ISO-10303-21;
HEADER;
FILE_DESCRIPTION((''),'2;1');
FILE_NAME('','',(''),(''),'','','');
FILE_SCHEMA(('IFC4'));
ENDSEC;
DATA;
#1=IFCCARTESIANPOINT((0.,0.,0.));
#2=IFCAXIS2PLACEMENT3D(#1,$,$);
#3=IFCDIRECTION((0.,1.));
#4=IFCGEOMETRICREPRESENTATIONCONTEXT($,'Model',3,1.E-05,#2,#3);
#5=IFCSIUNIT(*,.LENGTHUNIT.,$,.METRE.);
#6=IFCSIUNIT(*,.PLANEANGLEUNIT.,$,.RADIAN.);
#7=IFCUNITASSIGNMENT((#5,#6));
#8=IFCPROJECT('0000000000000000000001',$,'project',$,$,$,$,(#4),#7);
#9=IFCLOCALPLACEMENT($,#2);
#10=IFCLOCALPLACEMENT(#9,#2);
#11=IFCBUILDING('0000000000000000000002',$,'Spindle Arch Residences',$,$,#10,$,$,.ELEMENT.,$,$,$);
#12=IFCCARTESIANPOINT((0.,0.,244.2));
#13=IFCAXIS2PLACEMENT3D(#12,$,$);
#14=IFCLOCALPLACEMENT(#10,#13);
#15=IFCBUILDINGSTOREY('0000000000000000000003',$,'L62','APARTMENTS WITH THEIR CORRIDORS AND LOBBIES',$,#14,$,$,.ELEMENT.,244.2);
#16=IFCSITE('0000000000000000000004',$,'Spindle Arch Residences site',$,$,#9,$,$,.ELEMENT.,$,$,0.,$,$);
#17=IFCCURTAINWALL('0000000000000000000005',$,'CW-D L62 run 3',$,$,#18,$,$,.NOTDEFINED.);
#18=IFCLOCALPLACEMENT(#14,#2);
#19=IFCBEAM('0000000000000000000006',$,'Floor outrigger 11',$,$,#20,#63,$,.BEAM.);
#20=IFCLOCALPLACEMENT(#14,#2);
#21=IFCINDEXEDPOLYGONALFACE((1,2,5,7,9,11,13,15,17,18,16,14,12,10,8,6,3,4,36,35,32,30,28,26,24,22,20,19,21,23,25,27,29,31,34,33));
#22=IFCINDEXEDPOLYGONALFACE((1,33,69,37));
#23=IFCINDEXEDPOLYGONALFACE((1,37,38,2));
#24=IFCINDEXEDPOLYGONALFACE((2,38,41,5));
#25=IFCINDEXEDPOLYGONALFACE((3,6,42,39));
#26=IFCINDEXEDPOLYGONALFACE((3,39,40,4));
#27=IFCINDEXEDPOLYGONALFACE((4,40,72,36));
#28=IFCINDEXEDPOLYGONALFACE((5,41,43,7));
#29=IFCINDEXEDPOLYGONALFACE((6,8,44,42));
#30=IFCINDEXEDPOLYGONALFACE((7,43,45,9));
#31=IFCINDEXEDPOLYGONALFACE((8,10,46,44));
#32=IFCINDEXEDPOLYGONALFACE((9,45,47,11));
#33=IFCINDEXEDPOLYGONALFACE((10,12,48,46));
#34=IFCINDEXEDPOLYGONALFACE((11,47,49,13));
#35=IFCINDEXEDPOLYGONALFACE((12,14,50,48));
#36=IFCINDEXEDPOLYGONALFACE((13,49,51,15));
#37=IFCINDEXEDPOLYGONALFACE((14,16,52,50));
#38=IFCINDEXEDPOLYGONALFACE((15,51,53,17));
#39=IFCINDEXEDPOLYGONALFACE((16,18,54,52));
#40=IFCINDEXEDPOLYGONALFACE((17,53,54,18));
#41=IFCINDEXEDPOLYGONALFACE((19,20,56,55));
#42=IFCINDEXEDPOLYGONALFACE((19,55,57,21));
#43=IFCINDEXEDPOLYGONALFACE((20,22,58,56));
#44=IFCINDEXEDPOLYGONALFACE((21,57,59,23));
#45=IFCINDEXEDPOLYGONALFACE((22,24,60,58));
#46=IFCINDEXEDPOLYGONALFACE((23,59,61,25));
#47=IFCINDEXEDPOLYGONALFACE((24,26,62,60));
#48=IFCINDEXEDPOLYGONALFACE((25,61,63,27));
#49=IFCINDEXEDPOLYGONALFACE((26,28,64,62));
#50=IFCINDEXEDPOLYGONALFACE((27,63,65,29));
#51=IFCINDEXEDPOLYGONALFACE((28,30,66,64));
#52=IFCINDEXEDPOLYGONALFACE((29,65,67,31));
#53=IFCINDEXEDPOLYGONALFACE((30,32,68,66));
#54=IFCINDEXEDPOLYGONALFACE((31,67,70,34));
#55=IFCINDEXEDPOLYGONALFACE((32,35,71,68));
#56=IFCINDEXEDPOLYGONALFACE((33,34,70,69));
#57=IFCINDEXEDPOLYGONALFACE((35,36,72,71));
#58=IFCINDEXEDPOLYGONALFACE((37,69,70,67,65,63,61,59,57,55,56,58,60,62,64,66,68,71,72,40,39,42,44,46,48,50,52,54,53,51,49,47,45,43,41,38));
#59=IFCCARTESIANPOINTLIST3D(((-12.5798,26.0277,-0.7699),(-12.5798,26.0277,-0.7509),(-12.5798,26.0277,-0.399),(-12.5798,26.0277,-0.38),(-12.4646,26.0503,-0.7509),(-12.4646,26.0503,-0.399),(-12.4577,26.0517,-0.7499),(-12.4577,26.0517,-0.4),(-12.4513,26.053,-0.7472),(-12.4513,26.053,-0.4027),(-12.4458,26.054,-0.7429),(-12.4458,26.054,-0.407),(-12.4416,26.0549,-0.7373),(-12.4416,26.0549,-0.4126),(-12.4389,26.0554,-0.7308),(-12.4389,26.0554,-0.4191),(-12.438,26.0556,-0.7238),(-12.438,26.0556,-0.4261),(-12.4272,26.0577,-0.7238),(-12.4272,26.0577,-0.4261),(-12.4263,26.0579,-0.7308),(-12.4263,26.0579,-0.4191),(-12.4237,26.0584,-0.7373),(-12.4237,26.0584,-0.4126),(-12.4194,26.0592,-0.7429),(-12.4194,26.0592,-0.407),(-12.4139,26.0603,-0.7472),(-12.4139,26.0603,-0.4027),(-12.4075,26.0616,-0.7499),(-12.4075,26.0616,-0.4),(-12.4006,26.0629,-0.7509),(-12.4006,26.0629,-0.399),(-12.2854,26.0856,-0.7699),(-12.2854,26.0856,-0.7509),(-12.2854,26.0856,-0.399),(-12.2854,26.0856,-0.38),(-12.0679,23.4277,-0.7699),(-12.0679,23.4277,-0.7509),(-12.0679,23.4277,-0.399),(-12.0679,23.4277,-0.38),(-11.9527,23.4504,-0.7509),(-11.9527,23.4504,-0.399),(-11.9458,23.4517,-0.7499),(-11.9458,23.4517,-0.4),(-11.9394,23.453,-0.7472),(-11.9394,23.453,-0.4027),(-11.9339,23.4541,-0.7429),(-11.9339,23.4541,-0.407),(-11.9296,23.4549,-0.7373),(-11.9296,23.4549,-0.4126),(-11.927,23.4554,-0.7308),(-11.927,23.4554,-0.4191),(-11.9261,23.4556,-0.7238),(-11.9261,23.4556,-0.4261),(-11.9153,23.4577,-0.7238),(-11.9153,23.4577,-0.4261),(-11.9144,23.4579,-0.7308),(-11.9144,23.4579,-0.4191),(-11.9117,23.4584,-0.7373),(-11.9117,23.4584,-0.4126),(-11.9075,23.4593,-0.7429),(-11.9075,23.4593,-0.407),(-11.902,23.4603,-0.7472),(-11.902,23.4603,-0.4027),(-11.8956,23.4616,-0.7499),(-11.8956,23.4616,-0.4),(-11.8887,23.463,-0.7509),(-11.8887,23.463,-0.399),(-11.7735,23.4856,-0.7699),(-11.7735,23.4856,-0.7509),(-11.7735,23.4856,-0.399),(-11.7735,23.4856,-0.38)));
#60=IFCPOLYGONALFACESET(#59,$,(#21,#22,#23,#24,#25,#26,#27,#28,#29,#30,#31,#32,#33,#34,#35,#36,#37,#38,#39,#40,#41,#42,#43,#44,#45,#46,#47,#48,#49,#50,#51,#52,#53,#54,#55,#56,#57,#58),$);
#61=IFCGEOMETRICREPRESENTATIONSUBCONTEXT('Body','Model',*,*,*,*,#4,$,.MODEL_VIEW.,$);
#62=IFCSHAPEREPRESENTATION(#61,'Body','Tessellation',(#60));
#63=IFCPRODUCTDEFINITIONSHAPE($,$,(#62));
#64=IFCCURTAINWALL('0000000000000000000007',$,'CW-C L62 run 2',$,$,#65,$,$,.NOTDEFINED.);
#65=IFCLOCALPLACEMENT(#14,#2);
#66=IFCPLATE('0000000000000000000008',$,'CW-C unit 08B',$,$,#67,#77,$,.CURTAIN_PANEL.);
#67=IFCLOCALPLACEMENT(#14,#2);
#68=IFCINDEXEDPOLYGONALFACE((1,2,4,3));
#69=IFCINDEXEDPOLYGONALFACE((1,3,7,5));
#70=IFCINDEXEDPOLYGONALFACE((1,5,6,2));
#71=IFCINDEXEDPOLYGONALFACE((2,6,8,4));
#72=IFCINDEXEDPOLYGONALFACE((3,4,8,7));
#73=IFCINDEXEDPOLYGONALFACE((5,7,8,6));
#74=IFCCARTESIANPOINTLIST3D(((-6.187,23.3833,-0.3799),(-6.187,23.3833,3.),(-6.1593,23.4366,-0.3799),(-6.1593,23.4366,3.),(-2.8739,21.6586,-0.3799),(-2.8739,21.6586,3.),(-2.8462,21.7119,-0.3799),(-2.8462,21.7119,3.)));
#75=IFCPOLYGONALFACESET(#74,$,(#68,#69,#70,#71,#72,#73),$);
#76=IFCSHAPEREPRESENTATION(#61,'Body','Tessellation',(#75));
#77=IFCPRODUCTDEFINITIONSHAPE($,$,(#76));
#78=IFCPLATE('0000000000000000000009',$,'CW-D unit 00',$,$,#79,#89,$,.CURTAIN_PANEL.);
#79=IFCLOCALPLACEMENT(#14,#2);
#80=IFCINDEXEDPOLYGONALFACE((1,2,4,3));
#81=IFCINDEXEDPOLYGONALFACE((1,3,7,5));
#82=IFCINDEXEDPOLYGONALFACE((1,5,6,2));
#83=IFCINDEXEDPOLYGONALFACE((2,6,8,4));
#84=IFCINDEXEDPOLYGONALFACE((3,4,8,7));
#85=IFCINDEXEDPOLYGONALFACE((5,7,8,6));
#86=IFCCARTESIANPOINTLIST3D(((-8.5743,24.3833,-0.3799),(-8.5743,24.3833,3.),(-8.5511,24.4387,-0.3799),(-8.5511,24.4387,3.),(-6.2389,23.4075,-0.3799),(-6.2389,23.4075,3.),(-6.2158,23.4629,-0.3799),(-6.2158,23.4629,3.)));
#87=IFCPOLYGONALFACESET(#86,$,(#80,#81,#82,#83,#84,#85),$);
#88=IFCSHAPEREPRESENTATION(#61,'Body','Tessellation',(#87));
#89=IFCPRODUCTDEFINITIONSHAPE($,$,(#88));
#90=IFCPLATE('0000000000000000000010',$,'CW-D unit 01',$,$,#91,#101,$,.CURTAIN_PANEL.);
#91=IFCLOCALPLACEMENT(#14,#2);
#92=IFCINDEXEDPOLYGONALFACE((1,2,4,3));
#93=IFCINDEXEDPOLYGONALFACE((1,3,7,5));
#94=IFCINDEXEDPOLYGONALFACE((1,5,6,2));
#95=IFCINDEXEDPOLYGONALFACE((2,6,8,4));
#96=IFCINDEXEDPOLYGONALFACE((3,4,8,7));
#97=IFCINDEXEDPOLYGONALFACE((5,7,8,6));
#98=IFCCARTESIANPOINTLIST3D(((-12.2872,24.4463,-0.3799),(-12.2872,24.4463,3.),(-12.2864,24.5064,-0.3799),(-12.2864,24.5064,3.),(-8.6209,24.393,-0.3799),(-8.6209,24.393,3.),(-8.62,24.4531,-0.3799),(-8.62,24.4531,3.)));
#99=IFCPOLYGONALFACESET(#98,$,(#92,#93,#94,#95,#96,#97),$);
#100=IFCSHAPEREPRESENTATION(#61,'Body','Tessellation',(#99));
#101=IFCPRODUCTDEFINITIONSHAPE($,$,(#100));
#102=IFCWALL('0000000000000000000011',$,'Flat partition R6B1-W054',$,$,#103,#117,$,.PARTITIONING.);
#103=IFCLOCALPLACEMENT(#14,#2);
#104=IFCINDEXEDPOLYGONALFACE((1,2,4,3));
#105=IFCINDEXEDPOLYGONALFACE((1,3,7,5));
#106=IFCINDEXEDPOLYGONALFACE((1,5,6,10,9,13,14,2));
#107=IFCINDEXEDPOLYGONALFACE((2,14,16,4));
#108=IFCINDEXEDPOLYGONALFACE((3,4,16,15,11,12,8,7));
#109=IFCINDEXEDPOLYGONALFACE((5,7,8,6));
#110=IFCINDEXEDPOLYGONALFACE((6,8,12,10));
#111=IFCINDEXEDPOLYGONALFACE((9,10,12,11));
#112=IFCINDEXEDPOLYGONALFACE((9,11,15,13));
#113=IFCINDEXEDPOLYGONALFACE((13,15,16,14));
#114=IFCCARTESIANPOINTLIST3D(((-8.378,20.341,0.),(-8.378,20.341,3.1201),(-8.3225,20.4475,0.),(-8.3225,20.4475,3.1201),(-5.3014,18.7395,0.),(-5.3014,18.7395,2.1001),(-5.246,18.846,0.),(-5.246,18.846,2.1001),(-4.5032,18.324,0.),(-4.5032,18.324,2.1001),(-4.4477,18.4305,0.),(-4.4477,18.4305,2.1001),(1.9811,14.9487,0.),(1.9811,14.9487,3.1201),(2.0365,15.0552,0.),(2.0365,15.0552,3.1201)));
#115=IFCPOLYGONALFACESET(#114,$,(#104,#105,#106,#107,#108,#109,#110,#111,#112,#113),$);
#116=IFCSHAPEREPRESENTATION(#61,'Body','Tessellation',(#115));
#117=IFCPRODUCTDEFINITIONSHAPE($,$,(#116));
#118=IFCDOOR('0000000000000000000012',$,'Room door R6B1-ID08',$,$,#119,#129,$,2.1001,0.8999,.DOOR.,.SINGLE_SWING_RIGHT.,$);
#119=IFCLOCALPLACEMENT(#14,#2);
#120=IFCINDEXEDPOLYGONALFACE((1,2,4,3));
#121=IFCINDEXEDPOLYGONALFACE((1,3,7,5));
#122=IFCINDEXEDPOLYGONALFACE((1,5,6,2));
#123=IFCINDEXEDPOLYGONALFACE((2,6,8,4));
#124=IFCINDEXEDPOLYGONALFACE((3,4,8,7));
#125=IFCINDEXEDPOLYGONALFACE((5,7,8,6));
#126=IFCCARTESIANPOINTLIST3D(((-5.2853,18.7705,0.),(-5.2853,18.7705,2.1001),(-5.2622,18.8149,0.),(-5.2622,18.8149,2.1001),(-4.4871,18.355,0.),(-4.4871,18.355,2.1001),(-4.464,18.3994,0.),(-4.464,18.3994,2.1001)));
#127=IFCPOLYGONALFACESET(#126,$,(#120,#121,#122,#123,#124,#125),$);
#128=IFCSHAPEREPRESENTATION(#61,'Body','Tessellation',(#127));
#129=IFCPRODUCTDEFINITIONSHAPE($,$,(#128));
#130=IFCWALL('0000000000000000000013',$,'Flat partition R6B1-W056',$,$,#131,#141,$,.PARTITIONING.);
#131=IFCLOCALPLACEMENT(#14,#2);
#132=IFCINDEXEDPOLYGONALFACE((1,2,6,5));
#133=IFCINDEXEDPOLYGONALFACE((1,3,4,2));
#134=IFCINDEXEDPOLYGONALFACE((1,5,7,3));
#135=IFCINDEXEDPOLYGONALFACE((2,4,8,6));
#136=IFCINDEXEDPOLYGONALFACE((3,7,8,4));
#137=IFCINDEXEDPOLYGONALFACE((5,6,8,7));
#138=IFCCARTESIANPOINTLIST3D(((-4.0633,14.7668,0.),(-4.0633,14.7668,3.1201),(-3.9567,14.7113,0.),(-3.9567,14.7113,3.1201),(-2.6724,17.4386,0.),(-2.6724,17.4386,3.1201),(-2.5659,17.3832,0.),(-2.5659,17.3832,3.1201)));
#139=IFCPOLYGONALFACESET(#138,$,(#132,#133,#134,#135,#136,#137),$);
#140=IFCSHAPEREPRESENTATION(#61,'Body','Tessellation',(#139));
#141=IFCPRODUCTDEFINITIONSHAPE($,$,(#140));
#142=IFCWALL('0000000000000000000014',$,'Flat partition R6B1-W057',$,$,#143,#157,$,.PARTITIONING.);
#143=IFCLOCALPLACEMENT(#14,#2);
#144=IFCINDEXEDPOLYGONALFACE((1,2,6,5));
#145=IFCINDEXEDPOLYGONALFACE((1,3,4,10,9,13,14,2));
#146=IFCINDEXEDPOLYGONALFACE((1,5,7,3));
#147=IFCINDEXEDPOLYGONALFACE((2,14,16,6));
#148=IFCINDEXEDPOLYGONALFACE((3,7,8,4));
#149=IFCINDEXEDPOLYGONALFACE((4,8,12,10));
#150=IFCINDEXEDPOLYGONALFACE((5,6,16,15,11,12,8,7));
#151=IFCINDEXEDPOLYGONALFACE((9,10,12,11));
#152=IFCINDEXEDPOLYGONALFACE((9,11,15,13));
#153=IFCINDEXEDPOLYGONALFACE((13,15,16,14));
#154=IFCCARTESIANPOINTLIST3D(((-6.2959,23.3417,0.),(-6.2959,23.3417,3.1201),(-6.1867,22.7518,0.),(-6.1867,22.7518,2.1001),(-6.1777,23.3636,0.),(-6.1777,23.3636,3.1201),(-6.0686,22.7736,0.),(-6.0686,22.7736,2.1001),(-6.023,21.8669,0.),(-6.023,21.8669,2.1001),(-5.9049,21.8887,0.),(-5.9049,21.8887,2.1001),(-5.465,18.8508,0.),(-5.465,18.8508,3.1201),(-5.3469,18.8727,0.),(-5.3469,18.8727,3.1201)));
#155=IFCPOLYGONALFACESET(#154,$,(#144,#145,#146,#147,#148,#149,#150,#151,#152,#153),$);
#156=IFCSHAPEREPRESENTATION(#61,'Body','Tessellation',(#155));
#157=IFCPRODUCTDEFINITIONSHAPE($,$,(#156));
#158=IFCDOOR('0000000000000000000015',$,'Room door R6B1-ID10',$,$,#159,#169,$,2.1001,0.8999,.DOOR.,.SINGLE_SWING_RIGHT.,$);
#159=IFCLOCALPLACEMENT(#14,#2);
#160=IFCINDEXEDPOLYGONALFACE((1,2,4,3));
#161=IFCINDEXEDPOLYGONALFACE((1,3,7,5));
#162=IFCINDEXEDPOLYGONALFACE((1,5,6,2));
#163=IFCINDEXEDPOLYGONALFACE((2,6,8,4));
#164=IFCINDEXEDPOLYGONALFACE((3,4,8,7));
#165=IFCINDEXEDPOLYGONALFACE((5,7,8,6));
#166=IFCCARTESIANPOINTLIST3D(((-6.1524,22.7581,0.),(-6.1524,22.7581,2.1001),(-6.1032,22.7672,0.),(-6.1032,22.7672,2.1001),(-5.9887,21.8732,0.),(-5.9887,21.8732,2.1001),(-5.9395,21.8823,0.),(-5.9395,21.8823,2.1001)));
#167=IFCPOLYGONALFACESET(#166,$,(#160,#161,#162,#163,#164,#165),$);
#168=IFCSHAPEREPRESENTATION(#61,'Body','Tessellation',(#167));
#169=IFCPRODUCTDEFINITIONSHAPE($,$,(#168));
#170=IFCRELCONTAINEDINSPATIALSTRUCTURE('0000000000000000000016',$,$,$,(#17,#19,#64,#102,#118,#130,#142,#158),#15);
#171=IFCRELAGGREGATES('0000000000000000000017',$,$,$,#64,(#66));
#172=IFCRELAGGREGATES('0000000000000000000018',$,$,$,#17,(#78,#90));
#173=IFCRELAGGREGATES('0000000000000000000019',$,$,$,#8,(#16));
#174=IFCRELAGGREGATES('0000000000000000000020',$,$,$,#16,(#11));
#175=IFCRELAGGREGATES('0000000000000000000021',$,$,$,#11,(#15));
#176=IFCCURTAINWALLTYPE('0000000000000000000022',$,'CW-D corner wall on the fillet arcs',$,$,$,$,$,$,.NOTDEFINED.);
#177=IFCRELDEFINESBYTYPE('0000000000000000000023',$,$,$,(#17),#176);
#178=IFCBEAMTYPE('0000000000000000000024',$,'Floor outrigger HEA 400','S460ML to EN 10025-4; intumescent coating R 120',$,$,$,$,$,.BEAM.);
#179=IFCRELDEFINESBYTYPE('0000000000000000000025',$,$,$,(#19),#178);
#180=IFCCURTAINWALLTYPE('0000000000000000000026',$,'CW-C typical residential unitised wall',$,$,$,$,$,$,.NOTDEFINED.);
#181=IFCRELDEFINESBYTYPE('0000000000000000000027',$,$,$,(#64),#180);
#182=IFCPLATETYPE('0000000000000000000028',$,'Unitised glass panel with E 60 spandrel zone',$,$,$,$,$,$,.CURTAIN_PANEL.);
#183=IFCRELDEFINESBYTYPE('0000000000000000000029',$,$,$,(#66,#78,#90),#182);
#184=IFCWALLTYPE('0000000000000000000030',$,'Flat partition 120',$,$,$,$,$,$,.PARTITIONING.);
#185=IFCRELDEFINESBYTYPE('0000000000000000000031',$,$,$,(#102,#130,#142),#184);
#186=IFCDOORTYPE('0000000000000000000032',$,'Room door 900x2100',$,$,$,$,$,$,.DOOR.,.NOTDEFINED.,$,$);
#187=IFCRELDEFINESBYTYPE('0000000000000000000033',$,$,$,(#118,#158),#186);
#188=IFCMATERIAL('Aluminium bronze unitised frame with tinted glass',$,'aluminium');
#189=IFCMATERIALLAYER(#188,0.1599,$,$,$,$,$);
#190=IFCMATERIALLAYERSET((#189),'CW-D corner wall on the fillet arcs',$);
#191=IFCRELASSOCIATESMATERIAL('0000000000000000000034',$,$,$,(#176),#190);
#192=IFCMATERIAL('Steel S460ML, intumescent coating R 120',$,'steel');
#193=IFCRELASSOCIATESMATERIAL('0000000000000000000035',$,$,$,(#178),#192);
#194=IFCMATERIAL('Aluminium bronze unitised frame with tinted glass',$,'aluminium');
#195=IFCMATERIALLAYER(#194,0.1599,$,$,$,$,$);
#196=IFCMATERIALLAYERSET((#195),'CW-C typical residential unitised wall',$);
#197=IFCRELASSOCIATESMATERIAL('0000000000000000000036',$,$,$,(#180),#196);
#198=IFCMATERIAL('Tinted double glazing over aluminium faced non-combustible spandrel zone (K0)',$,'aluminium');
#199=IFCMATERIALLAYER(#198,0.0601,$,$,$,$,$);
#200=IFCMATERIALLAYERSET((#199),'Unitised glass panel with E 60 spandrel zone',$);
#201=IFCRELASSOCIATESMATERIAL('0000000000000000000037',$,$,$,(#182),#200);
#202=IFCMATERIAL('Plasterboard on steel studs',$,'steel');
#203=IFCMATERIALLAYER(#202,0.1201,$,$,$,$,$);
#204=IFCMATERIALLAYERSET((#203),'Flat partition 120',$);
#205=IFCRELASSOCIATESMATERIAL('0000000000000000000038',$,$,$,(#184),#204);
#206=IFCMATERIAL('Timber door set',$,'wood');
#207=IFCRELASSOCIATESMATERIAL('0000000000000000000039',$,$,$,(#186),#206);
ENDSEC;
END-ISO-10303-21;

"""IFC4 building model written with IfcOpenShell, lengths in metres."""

from ifc_helpers import new_model, si_unit, direction, frame, frame_2d, origin, origin_2d, place, context, subcontext, project, spatial, rectangle, i_section, extrude, material, layer, layer_set, material_profile, profile_set, type_object, element, fill, aggregate, save


model = new_model("IFC4")

# Units and contexts
model_context = context("Model", 3, precision=1e-05, world=origin(), true_north=direction((0.0, 1.0)))
body_context = subcontext(model_context, "Body", "Model", "MODEL_VIEW")
ifc_project = project(units=[si_unit("LENGTHUNIT", "METRE"), si_unit("PLANEANGLEUNIT", "RADIAN")], contexts=[model_context])

# Site, building, storey
site_placement = place(None, origin())
site = spatial("IfcSite", under=ifc_project, at=site_placement, Name="Spindle Arch Residences site", CompositionType="ELEMENT", RefElevation=0.0)
building_placement = place(site_placement, origin())
building = spatial("IfcBuilding", under=site, at=building_placement, Name="Spindle Arch Residences", CompositionType="ELEMENT")
storey_placement = place(building_placement, frame((0.0, 0.0, 244.2)))
storey = spatial("IfcBuildingStorey", under=building, at=storey_placement, Name="L62", Description="APARTMENTS WITH THEIR CORRIDORS AND LOBBIES", CompositionType="ELEMENT", Elevation=244.2)

# Curtain wall
ifc_material_1 = material(Name="Aluminium bronze unitised frame with tinted glass", Category="aluminium")
ifc_layer_1 = layer(ifc_material_1, 0.1599)
ifc_layer_set_1 = layer_set([ifc_layer_1], Name="CW-D corner wall on the fillet arcs")
curtain_wall_type_1 = type_object("IfcCurtainWallType", Name="CW-D corner wall on the fillet arcs", PredefinedType="NOTDEFINED", material=ifc_layer_set_1)
curtain_wall_1_placement = place(storey_placement, origin())
curtain_wall_1 = element("IfcCurtainWall", 1, at=curtain_wall_1_placement, inside=storey, type_object=curtain_wall_type_1, Name="CW-D L62 run 3", PredefinedType="NOTDEFINED")

# Beam
ifc_material_2 = material(Name="Steel S460ML, intumescent coating R 120", Category="steel")
ifc_material_profile_1 = material_profile(ifc_material_2, i_section(OverallWidth=0.3, OverallDepth=0.3899, WebThickness=0.011, FlangeThickness=0.019, FilletRadius=0.0271, at=origin_2d()), Name="HEA 400")
ifc_profile_set_1 = profile_set([ifc_material_profile_1], Name="Steel S460ML, intumescent coating R 120")
beam_type_1 = type_object("IfcBeamType", Name="Floor outrigger HEA 400", Description="S460ML to EN 10025-4; intumescent coating R 120", PredefinedType="BEAM", material=ifc_profile_set_1)
beam_1_placement = place(storey_placement, frame((-12.4326, 26.0566, -0.575), z_axis=(0.193192, -0.981161, 0.0), x_axis=(0.981161, 0.193192, 0.0)))
element("IfcBeam", 2, at=beam_1_placement, inside=storey, type_object=beam_type_1, Name="Floor outrigger 11", PredefinedType="BEAM", context=body_context, shape_type="SweptSolid", body=[
    extrude(i_section(OverallWidth=0.3, OverallDepth=0.3899, WebThickness=0.011, FlangeThickness=0.019, FilletRadius=0.0271, at=origin_2d()), origin(), (0.0, 0.0, 1.0), 2.6499),
])

# Curtain wall, plate
ifc_material_3 = material(Name="Aluminium bronze unitised frame with tinted glass", Category="aluminium")
ifc_layer_2 = layer(ifc_material_3, 0.1599)
ifc_layer_set_2 = layer_set([ifc_layer_2], Name="CW-C typical residential unitised wall")
curtain_wall_type_2 = type_object("IfcCurtainWallType", Name="CW-C typical residential unitised wall", PredefinedType="NOTDEFINED", material=ifc_layer_set_2)
curtain_wall_2_placement = place(storey_placement, origin())
curtain_wall_2 = element("IfcCurtainWall", 3, at=curtain_wall_2_placement, inside=storey, type_object=curtain_wall_type_2, Name="CW-C L62 run 2", PredefinedType="NOTDEFINED")
ifc_material_4 = material(Name="Tinted double glazing over aluminium faced non-combustible spandrel zone (K0)", Category="aluminium")
ifc_layer_3 = layer(ifc_material_4, 0.0601)
ifc_layer_set_3 = layer_set([ifc_layer_3], Name="Unitised glass panel with E 60 spandrel zone")
plate_type = type_object("IfcPlateType", Name="Unitised glass panel with E 60 spandrel zone", PredefinedType="CURTAIN_PANEL", material=ifc_layer_set_3)
plate_1_placement = place(storey_placement, frame((-4.5166, 22.5476, -0.3799), z_axis=(0.0, 0.0, 1.0), x_axis=(-0.887011, 0.461749, 0.0)))
plate_1 = element("IfcPlate", 4, at=plate_1_placement, type_object=plate_type, Name="CW-C unit 08B", PredefinedType="CURTAIN_PANEL", context=body_context, shape_type="SweptSolid", body=[
    extrude(rectangle(XDim=3.7351, YDim=0.0601, at=origin_2d()), origin(), (0.0, 0.0, 1.0), 3.3799),
])
aggregate(curtain_wall_2, [plate_1])

# Plates
plate_2_placement = place(storey_placement, frame((-7.395, 23.9231, -0.3799), z_axis=(0.0, 0.0, 1.0), x_axis=(-0.922686, 0.385552, 0.0)))
plate_2 = element("IfcPlate", 5, at=plate_2_placement, type_object=plate_type, Name="CW-D unit 00", PredefinedType="CURTAIN_PANEL", context=body_context, shape_type="SweptSolid", body=[
    extrude(rectangle(XDim=2.531, YDim=0.0601, at=origin_2d()), origin(), (0.0, 0.0, 1.0), 3.3799),
])
plate_3_placement = place(storey_placement, frame((-10.4536, 24.4497, -0.3799), z_axis=(0.0, 0.0, 1.0), x_axis=(-0.999894, 0.014544, 0.0)))
plate_3 = element("IfcPlate", 6, at=plate_3_placement, type_object=plate_type, Name="CW-D unit 01", PredefinedType="CURTAIN_PANEL", context=body_context, shape_type="SweptSolid", body=[
    extrude(rectangle(XDim=3.6667, YDim=0.0601, at=origin_2d()), origin(), (0.0, 0.0, 1.0), 3.3799),
])
aggregate(curtain_wall_1, [plate_2, plate_3])

# Wall, opening, door
ifc_material_5 = material(Name="Plasterboard on steel studs", Category="steel")
ifc_layer_4 = layer(ifc_material_5, 0.1201)
ifc_layer_set_4 = layer_set([ifc_layer_4], Name="Flat partition 120")
wall_type = type_object("IfcWallType", Name="Flat partition 120", PredefinedType="PARTITIONING", material=ifc_layer_set_4)
wall_1_placement = place(storey_placement, frame((-8.3503, 20.3943, 0.0), z_axis=(0.0, 0.0, 1.0), x_axis=(0.887021, -0.461729, 0.0)))
wall_1 = element("IfcWall", 7, at=wall_1_placement, inside=storey, type_object=wall_type, Name="Flat partition R6B1-W054", PredefinedType="PARTITIONING", context=body_context, shape_type="SweptSolid", body=[
    extrude(rectangle(XDim=11.6785, YDim=0.1201, at=frame_2d((5.8394, 0.0))), origin(), (0.0, 0.0, 1.0), 3.1201),
])
opening_1_placement = place(wall_1_placement, frame((3.4685, 0.0, 0.0)))
opening_1 = element("IfcOpeningElement", 8, at=opening_1_placement, cuts=wall_1, PredefinedType="OPENING", context=body_context, shape_type="SweptSolid", body=[
    extrude(rectangle(XDim=0.8999, YDim=2.1001, at=frame_2d((0.45, 1.05))), frame((0.0, 0.0701, 0.0), z_axis=(0.0, -1.0, 0.0), x_axis=(1.0, 0.0, 0.0)), (0.0, 0.0, 1.0), 0.1401),
])
ifc_material_6 = material(Name="Timber door set", Category="wood")
door_type = type_object("IfcDoorType", Name="Room door 900x2100", OperationType="NOTDEFINED", PredefinedType="DOOR", material=ifc_material_6)
door_1_placement = place(opening_1_placement, origin())
door_1 = element("IfcDoor", 9, at=door_1_placement, inside=storey, type_object=door_type, Name="Room door R6B1-ID08", OperationType="SINGLE_SWING_RIGHT", OverallHeight=2.1001, OverallWidth=0.8999, PredefinedType="DOOR", context=body_context, shape_type="SweptSolid", body=[
    extrude(rectangle(XDim=0.8999, YDim=2.1001, at=frame_2d((0.45, 1.05))), frame((0.0, 0.0249, 0.0), z_axis=(0.0, -1.0, 0.0), x_axis=(1.0, 0.0, 0.0)), (0.0, 0.0, 1.0), 0.05),
])
fill(opening_1, door_1)

# Wall
wall_2_placement = place(storey_placement, frame((-2.6191, 17.4109, 0.0), z_axis=(0.0, 0.0, 1.0), x_axis=(-0.461743, -0.887014, 0.0)))
element("IfcWall", 10, at=wall_2_placement, inside=storey, type_object=wall_type, Name="Flat partition R6B1-W056", PredefinedType="PARTITIONING", context=body_context, shape_type="SweptSolid", body=[
    extrude(rectangle(XDim=3.0122, YDim=0.1201, at=frame_2d((1.5061, 0.0))), origin(), (0.0, 0.0, 1.0), 3.1201),
])

# Wall, opening, door
wall_3_placement = place(storey_placement, frame((-6.2368, 23.3528, 0.0), z_axis=(0.0, 0.0, 1.0), x_axis=(0.181909, -0.983315, 0.0)))
wall_3 = element("IfcWall", 11, at=wall_3_placement, inside=storey, type_object=wall_type, Name="Flat partition R6B1-W057", PredefinedType="PARTITIONING", context=body_context, shape_type="SweptSolid", body=[
    extrude(rectangle(XDim=4.5671, YDim=0.1201, at=frame_2d((2.2837, 0.0))), origin(), (0.0, 0.0, 1.0), 3.1201),
])
opening_2_placement = place(wall_3_placement, frame((0.6001, 0.0, 0.0)))
opening_2 = element("IfcOpeningElement", 12, at=opening_2_placement, cuts=wall_3, PredefinedType="OPENING", context=body_context, shape_type="SweptSolid", body=[
    extrude(rectangle(XDim=0.8999, YDim=2.1001, at=frame_2d((0.45, 1.05))), frame((0.0, 0.0701, 0.0), z_axis=(0.0, -1.0, 0.0), x_axis=(1.0, 0.0, 0.0)), (0.0, 0.0, 1.0), 0.1401),
])
door_2_placement = place(opening_2_placement, origin())
door_2 = element("IfcDoor", 13, at=door_2_placement, inside=storey, type_object=door_type, Name="Room door R6B1-ID10", OperationType="SINGLE_SWING_RIGHT", OverallHeight=2.1001, OverallWidth=0.8999, PredefinedType="DOOR", context=body_context, shape_type="SweptSolid", body=[
    extrude(rectangle(XDim=0.8999, YDim=2.1001, at=frame_2d((0.45, 1.05))), frame((0.0, 0.0249, 0.0), z_axis=(0.0, -1.0, 0.0), x_axis=(1.0, 0.0, 0.0)), (0.0, 0.0, 1.0), 0.05),
])
fill(opening_2, door_2)

save(model, "model.ifc")
